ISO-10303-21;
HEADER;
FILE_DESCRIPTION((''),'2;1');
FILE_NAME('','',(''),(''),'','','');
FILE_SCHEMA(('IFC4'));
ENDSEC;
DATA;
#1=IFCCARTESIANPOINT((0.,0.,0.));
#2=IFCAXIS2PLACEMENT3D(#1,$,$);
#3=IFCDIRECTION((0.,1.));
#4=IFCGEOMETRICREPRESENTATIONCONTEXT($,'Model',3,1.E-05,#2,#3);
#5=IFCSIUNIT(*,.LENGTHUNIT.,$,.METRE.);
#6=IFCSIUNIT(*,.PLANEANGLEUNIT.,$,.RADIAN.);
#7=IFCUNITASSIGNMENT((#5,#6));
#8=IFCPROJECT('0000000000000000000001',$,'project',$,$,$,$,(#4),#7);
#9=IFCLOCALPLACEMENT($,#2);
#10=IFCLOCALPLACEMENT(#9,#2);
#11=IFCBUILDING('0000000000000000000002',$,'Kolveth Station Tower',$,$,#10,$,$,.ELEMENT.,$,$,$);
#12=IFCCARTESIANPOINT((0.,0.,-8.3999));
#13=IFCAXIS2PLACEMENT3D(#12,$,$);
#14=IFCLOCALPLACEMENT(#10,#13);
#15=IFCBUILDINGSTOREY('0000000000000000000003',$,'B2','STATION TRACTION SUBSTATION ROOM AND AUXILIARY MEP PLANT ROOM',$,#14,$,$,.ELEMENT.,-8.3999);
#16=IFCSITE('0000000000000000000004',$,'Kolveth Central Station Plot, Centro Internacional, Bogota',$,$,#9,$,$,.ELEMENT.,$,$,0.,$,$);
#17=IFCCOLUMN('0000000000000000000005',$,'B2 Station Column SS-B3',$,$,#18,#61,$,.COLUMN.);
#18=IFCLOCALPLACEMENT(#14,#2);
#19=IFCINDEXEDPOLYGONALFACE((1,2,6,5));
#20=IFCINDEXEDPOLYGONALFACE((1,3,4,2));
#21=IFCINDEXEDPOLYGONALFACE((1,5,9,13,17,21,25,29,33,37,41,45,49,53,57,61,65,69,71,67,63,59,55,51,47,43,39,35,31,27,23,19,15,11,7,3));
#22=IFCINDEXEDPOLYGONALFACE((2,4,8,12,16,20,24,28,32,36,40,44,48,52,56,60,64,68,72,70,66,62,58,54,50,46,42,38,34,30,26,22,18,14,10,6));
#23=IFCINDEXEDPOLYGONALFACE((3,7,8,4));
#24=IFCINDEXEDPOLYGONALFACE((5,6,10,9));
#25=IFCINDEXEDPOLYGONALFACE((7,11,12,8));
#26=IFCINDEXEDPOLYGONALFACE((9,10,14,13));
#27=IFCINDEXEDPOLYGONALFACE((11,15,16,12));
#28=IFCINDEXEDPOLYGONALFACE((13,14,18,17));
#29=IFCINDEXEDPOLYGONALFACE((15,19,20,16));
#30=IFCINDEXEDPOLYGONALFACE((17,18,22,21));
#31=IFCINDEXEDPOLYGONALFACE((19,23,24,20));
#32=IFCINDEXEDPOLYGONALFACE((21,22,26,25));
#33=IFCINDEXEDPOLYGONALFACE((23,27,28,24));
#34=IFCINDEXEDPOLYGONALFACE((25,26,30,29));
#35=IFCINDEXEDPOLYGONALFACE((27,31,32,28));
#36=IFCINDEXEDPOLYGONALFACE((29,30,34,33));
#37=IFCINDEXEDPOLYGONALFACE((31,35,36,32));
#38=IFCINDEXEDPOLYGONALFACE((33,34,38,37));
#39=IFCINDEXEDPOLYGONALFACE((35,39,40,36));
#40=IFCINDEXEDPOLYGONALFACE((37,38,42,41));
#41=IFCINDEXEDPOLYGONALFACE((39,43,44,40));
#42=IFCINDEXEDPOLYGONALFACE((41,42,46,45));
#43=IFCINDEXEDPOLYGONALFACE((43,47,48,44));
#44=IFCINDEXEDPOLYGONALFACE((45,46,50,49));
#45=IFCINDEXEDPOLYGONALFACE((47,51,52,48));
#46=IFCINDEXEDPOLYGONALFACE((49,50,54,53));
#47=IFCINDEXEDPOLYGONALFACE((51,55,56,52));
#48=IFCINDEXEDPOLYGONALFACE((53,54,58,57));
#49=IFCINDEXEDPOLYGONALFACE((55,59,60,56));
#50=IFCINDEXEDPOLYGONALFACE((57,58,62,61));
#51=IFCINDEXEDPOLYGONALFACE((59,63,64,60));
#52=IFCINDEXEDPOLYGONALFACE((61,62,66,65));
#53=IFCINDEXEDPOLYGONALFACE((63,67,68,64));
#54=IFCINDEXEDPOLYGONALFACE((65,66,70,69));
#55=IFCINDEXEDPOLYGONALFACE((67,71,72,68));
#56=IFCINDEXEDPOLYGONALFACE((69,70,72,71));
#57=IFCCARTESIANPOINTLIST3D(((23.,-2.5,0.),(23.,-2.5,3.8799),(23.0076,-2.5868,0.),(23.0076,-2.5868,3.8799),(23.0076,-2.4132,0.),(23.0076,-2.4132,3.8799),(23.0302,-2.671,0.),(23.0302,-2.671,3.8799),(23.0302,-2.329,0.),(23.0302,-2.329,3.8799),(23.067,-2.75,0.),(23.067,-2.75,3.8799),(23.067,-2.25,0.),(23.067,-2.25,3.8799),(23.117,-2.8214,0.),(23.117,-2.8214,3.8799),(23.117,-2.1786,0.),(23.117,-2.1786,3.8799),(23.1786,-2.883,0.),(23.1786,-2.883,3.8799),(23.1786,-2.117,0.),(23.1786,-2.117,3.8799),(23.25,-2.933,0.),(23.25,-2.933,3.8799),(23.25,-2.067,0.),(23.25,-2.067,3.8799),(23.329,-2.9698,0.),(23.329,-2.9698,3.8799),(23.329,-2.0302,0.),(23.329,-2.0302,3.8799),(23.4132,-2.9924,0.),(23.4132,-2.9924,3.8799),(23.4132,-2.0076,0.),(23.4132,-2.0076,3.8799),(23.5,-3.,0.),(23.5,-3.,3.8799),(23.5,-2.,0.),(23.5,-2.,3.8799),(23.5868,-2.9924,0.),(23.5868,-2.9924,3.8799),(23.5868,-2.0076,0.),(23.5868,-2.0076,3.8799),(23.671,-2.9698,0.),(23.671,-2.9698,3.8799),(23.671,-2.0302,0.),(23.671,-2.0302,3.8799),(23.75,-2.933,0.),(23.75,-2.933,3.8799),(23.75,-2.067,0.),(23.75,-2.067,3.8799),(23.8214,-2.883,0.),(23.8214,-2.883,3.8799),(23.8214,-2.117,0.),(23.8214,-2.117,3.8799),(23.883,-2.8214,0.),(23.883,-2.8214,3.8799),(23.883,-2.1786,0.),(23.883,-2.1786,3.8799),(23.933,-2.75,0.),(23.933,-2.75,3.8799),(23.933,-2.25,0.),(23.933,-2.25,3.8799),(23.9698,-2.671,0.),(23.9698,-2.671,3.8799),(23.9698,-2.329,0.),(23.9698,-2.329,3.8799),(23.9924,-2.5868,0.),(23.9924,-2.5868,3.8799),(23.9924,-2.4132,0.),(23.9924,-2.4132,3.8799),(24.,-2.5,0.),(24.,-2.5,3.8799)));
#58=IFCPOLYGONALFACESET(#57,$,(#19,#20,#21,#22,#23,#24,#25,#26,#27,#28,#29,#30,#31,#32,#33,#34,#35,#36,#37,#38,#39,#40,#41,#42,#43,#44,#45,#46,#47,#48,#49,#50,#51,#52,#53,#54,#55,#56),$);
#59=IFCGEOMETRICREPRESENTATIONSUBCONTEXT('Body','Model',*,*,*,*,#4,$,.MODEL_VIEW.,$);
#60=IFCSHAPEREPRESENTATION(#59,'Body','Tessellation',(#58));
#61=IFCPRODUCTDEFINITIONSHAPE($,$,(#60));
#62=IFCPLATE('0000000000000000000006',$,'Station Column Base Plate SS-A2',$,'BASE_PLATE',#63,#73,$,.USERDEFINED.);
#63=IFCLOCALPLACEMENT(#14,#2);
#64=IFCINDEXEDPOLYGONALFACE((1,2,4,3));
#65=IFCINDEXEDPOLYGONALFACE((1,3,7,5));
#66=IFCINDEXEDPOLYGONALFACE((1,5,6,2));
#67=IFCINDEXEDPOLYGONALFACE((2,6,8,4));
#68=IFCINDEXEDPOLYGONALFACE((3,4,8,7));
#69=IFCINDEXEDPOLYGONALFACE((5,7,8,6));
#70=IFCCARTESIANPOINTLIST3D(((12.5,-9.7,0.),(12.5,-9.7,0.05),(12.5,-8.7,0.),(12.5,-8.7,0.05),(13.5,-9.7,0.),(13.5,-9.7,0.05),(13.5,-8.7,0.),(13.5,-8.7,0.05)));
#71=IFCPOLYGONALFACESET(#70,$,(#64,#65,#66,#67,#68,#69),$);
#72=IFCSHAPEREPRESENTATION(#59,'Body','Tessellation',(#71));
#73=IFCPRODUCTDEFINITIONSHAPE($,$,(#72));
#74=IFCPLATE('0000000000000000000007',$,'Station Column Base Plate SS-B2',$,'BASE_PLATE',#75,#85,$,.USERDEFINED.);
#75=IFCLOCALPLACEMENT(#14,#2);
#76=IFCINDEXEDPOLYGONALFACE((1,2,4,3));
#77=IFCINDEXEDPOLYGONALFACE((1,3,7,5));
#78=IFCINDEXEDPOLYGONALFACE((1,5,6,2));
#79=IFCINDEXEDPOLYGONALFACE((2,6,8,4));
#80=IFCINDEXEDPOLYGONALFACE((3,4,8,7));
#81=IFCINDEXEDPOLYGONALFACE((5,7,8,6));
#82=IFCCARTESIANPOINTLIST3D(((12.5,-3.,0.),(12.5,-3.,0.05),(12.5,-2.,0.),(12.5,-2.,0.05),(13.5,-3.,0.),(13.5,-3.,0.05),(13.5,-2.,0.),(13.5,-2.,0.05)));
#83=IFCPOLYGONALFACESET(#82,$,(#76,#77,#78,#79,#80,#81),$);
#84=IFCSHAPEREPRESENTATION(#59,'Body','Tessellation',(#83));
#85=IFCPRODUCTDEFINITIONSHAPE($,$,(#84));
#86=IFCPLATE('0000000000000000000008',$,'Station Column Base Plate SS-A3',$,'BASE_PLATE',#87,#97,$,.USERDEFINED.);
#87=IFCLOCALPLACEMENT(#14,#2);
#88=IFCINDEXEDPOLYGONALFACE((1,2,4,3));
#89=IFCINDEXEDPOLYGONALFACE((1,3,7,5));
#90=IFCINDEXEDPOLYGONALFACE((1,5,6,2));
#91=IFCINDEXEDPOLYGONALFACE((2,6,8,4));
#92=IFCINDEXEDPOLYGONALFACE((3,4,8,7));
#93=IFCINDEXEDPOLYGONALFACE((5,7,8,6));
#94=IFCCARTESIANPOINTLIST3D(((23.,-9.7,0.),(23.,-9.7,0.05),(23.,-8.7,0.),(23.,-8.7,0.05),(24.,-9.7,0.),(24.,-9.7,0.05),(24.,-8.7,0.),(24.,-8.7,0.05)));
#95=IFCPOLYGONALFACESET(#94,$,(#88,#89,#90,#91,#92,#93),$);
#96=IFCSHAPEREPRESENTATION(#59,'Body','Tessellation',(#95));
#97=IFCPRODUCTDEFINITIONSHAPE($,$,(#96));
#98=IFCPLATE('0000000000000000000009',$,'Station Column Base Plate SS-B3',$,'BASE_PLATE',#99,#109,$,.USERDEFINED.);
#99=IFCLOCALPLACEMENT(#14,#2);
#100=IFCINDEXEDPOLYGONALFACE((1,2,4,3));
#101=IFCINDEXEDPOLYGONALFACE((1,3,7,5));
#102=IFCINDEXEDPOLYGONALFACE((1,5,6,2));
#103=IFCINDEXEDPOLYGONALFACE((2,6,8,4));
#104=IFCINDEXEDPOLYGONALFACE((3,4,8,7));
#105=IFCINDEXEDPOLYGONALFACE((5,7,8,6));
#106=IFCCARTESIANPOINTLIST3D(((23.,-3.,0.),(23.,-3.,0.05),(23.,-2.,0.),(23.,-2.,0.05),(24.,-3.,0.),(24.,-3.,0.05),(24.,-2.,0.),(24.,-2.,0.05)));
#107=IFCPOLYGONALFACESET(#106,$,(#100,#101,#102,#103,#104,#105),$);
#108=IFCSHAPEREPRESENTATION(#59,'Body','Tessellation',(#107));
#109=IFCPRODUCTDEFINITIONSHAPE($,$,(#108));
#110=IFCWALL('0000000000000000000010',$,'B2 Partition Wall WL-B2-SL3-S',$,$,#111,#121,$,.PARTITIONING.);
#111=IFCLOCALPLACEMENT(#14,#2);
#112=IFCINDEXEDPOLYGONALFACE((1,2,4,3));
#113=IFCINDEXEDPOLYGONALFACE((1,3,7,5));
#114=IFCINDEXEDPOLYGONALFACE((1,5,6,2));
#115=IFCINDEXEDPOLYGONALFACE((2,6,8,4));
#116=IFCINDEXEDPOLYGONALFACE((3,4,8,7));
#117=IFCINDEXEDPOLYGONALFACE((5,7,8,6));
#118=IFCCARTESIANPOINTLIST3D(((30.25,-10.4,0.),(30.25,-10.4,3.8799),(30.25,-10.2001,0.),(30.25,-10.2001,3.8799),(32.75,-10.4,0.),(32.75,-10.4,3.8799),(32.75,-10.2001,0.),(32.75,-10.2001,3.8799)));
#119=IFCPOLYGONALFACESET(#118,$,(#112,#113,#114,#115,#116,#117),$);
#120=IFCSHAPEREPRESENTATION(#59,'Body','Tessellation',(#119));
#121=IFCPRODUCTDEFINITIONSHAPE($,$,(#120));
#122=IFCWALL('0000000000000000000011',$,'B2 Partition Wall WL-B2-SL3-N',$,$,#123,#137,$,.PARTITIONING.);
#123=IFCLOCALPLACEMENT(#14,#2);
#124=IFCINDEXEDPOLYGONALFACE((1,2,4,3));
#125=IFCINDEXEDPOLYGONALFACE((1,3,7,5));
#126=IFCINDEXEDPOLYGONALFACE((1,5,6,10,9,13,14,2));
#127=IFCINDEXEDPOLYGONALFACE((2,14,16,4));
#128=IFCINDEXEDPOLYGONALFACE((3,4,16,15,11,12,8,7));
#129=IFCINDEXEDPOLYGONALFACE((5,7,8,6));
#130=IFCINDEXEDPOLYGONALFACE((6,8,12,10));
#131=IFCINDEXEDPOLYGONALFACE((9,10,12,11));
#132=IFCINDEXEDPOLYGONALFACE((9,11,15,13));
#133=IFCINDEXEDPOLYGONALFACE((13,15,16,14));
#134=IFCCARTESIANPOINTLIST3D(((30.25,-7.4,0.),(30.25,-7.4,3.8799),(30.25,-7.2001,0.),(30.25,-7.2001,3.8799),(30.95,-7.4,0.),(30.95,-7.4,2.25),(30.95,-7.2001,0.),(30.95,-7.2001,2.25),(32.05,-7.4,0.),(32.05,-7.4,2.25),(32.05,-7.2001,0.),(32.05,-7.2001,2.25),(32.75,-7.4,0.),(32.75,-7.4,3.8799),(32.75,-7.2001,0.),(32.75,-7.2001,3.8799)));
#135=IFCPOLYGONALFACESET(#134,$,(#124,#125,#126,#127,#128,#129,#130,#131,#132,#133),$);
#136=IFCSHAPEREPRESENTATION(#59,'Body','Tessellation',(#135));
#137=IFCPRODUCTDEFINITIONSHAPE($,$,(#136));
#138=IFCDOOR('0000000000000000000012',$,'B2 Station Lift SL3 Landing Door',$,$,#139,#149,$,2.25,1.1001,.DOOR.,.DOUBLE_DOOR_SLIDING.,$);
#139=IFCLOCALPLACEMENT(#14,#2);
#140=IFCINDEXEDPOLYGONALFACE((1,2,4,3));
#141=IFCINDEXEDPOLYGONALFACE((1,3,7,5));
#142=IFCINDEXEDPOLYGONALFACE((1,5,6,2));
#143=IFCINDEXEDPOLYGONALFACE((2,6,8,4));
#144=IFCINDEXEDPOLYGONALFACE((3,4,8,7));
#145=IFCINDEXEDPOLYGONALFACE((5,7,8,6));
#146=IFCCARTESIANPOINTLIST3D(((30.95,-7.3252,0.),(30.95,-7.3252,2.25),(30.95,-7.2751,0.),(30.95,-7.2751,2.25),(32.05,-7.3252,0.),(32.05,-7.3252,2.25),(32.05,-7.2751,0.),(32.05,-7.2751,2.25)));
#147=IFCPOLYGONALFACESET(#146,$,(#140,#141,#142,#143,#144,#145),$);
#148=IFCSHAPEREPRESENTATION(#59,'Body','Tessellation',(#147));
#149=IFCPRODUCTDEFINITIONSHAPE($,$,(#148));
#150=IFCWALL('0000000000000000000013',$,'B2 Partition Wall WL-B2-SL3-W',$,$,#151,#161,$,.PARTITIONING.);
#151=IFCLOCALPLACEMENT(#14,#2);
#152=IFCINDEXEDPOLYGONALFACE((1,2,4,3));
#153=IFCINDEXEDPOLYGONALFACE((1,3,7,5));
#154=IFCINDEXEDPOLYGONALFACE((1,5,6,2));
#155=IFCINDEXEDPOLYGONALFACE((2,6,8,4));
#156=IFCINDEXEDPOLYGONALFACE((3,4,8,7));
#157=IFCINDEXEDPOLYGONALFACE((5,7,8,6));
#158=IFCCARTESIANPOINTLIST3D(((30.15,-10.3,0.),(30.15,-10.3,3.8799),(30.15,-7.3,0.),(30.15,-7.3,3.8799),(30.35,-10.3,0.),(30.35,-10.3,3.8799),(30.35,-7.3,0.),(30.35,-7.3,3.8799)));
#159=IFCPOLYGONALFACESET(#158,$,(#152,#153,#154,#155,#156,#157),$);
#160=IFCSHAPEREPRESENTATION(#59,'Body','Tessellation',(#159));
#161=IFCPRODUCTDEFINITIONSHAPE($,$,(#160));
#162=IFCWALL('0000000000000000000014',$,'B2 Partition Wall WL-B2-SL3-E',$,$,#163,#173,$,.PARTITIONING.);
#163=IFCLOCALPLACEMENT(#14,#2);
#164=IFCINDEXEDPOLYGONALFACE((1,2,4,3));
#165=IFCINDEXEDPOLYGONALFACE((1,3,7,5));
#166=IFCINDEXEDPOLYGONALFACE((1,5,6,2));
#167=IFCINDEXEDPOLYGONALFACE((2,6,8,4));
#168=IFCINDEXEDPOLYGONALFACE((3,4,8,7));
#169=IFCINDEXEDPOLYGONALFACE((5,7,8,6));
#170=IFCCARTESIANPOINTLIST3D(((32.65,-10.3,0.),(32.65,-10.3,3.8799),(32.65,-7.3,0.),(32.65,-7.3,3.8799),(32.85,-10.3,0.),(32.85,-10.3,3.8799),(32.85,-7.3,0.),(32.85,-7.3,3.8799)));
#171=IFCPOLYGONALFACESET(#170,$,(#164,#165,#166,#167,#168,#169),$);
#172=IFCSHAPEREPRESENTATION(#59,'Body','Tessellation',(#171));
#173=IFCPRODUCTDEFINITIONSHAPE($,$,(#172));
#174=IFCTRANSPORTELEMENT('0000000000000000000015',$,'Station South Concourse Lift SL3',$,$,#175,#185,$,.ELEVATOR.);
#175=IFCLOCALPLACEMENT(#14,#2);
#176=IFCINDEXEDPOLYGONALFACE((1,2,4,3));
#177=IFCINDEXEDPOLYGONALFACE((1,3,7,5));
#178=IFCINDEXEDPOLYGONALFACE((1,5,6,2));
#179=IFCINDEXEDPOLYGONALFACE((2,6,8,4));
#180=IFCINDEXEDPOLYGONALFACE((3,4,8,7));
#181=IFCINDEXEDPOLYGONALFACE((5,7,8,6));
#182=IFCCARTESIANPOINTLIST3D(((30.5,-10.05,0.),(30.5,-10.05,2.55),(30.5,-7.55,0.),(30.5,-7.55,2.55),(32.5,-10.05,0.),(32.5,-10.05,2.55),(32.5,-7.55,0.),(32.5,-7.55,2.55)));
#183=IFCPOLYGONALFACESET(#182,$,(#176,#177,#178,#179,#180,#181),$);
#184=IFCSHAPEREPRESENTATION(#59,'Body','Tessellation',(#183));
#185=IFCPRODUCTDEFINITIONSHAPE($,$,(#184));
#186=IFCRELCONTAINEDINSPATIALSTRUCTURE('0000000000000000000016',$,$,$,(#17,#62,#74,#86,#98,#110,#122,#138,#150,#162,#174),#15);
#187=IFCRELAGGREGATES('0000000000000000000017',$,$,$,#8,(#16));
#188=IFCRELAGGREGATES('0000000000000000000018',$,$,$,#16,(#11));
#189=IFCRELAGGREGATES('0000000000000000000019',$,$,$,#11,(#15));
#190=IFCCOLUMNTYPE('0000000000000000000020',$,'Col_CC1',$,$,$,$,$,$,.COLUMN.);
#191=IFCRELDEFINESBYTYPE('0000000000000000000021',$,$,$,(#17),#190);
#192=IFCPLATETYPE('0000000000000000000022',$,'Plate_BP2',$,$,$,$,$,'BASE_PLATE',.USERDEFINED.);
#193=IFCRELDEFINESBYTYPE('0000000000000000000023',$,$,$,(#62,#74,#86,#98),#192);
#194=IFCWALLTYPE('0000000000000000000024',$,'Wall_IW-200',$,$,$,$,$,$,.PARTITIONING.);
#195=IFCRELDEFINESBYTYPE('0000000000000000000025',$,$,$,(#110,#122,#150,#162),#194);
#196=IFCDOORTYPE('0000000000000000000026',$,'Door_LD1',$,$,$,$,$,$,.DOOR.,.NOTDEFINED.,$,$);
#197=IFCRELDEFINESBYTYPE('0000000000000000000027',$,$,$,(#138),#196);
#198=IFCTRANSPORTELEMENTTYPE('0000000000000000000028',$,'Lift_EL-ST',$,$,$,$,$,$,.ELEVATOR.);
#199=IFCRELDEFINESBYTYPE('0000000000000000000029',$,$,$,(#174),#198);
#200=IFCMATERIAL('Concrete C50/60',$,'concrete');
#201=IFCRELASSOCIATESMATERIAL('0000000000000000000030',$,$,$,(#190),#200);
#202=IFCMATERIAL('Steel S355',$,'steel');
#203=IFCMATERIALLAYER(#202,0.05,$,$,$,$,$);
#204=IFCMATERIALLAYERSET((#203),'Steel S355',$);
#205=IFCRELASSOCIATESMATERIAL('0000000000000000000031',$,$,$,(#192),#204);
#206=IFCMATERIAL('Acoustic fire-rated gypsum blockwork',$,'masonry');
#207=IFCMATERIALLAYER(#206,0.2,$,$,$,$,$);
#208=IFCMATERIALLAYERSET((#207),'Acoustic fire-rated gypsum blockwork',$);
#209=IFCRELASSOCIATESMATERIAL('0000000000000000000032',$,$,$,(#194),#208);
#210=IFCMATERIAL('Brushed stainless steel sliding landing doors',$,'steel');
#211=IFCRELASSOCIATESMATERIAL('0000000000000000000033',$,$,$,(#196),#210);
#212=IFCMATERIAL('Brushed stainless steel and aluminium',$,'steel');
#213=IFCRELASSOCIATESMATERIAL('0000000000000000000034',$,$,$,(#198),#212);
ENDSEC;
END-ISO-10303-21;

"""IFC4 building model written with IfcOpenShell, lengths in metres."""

from ifc_helpers import new_model, si_unit, direction, frame, frame_2d, origin, origin_2d, place, context, subcontext, project, spatial, rectangle, circle, extrude, source, transform, mapped, material, layer, layer_set, material_profile, profile_set, type_object, element, fill, save


model = new_model("IFC4")

# Units and contexts
model_context = context("Model", 3, precision=1e-05, world=origin(), true_north=direction((0.0, 1.0)))
body_context = subcontext(model_context, "Body", "Model", "MODEL_VIEW")
ifc_project = project(units=[si_unit("LENGTHUNIT", "METRE"), si_unit("PLANEANGLEUNIT", "RADIAN")], contexts=[model_context])

# Site, building, storey
site_placement = place(None, origin())
site = spatial("IfcSite", under=ifc_project, at=site_placement, Name="Kolveth Central Station Plot, Centro Internacional, Bogota", CompositionType="ELEMENT", RefElevation=0.0)
building_placement = place(site_placement, origin())
building = spatial("IfcBuilding", under=site, at=building_placement, Name="Kolveth Station Tower", CompositionType="ELEMENT")
storey_placement = place(building_placement, frame((0.0, 0.0, -8.3999)))
storey = spatial("IfcBuildingStorey", under=building, at=storey_placement, Name="B2", Description="STATION TRACTION SUBSTATION ROOM AND AUXILIARY MEP PLANT ROOM", CompositionType="ELEMENT", Elevation=-8.3999)

# Column
ifc_material_1 = material(Name="Steel S355", Category="steel")
ifc_material_2 = material(Name="Concrete C50/60", Category="concrete")
ifc_material_profile_1 = material_profile(ifc_material_2, circle(Radius=0.5, at=origin_2d()), Name="RC-D1000")
ifc_profile_set_1 = profile_set([ifc_material_profile_1], Name="Concrete C50/60")
column_type_1 = type_object("IfcColumnType", Name="Col_CC1", PredefinedType="COLUMN", material=ifc_profile_set_1)
shared_shape_1 = source(origin(), body_context, "Body", "SweptSolid", [
    extrude(circle(Radius=0.5, at=origin_2d()), origin(), (0.0, 0.0, 1.0), 3.8799),
])
for number, where, z_axis, x_axis, name in (
    (1, (23.5, -2.5, 0.0), (0.0, 0.0, 1.0), (1.0, 0.0, 0.0), "B2 Station Column SS-B3"),
):
    element("IfcColumn", number, at=place(storey_placement, frame(where, z_axis=z_axis, x_axis=x_axis)), inside=storey, type_object=column_type_1, Name=name, PredefinedType="COLUMN", context=body_context, shape_type="MappedRepresentation", body=[
        mapped(shared_shape_1, transform((0.0, 0.0, 0.0), x_axis=(1.0, 0.0, 0.0), y_axis=(0.0, 1.0, 0.0), z_axis=(0.0, 0.0, 1.0), scale=1.0)),
    ])

# Plates
ifc_layer_1 = layer(ifc_material_1, 0.05)
ifc_layer_set_1 = layer_set([ifc_layer_1], Name="Steel S355")
plate_type = type_object("IfcPlateType", Name="Plate_BP2", ElementType="BASE_PLATE", PredefinedType="USERDEFINED", material=ifc_layer_set_1)
shared_shape_2 = source(origin(), body_context, "Body", "SweptSolid", [
    extrude(rectangle(XDim=1.0, YDim=1.0, at=origin_2d()), origin(), (0.0, 0.0, 1.0), 0.05),
])
for number, where, z_axis, x_axis, name in (
    (2, (13.0, -9.2, 0.0), (0.0, 0.0, 1.0), (1.0, 0.0, 0.0), "Station Column Base Plate SS-A2"),
    (3, (13.0, -2.5, 0.0), (0.0, 0.0, 1.0), (1.0, 0.0, 0.0), "Station Column Base Plate SS-B2"),
    (4, (23.5, -9.2, 0.0), (0.0, 0.0, 1.0), (1.0, 0.0, 0.0), "Station Column Base Plate SS-A3"),
    (5, (23.5, -2.5, 0.0), (0.0, 0.0, 1.0), (1.0, 0.0, 0.0), "Station Column Base Plate SS-B3"),
):
    element("IfcPlate", number, at=place(storey_placement, frame(where, z_axis=z_axis, x_axis=x_axis)), inside=storey, type_object=plate_type, Name=name, ObjectType="BASE_PLATE", PredefinedType="USERDEFINED", context=body_context, shape_type="MappedRepresentation", body=[
        mapped(shared_shape_2, transform((0.0, 0.0, 0.0), x_axis=(1.0, 0.0, 0.0), y_axis=(0.0, 1.0, 0.0), z_axis=(0.0, 0.0, 1.0), scale=1.0)),
    ])

# Wall
ifc_material_3 = material(Name="Acoustic fire-rated gypsum blockwork", Category="masonry")
ifc_layer_2 = layer(ifc_material_3, 0.2)
ifc_layer_set_2 = layer_set([ifc_layer_2], Name="Acoustic fire-rated gypsum blockwork")
wall_type = type_object("IfcWallType", Name="Wall_IW-200", PredefinedType="PARTITIONING", material=ifc_layer_set_2)
wall_1_placement = place(storey_placement, frame((30.25, -10.3, 0.0), z_axis=(0.0, 0.0, 1.0), x_axis=(1.0, 0.0, 0.0)))
element("IfcWall", 6, at=wall_1_placement, inside=storey, type_object=wall_type, Name="B2 Partition Wall WL-B2-SL3-S", PredefinedType="PARTITIONING", context=body_context, shape_type="SweptSolid", body=[
    extrude(rectangle(XDim=2.5, YDim=0.2, at=frame_2d((1.25, 0.0))), origin(), (0.0, 0.0, 1.0), 3.8799),
])

# Wall, opening, door
wall_2_placement = place(storey_placement, frame((30.25, -7.3, 0.0), z_axis=(0.0, 0.0, 1.0), x_axis=(1.0, 0.0, 0.0)))
wall_2 = element("IfcWall", 7, at=wall_2_placement, inside=storey, type_object=wall_type, Name="B2 Partition Wall WL-B2-SL3-N", PredefinedType="PARTITIONING", context=body_context, shape_type="SweptSolid", body=[
    extrude(rectangle(XDim=2.5, YDim=0.2, at=frame_2d((1.25, 0.0))), origin(), (0.0, 0.0, 1.0), 3.8799),
])
opening_placement = place(wall_2_placement, frame((0.7, 0.0, 0.0)))
opening = element("IfcOpeningElement", 8, at=opening_placement, cuts=wall_2, PredefinedType="OPENING", context=body_context, shape_type="SweptSolid", body=[
    extrude(rectangle(XDim=1.1001, YDim=2.25, at=frame_2d((0.55, 1.125))), frame((0.0, 0.1099, 0.0), z_axis=(0.0, -1.0, 0.0), x_axis=(1.0, 0.0, 0.0)), (0.0, 0.0, 1.0), 0.22),
])
ifc_material_4 = material(Name="Brushed stainless steel sliding landing doors", Category="steel")
door_type = type_object("IfcDoorType", Name="Door_LD1", OperationType="NOTDEFINED", PredefinedType="DOOR", material=ifc_material_4)
door_placement = place(opening_placement, origin())
door = element("IfcDoor", 9, at=door_placement, inside=storey, type_object=door_type, Name="B2 Station Lift SL3 Landing Door", OperationType="DOUBLE_DOOR_SLIDING", OverallHeight=2.25, OverallWidth=1.1001, PredefinedType="DOOR", context=body_context, shape_type="SweptSolid", body=[
    extrude(rectangle(XDim=1.1001, YDim=2.25, at=frame_2d((0.55, 1.125))), frame((0.0, 0.0249, 0.0), z_axis=(0.0, -1.0, 0.0), x_axis=(1.0, 0.0, 0.0)), (0.0, 0.0, 1.0), 0.05),
])
fill(opening, door)

# Walls
for number, where, z_axis, x_axis, name in (
    (10, (30.25, -10.3, 0.0), (0.0, 0.0, 1.0), (0.0, 1.0, 0.0), "B2 Partition Wall WL-B2-SL3-W"),
    (11, (32.75, -10.3, 0.0), (0.0, 0.0, 1.0), (0.0, 1.0, 0.0), "B2 Partition Wall WL-B2-SL3-E"),
):
    element("IfcWall", number, at=place(storey_placement, frame(where, z_axis=z_axis, x_axis=x_axis)), inside=storey, type_object=wall_type, Name=name, PredefinedType="PARTITIONING", context=body_context, shape_type="SweptSolid", body=[
        extrude(rectangle(XDim=3.0, YDim=0.2, at=frame_2d((1.5, 0.0))), origin(), (0.0, 0.0, 1.0), 3.8799),
    ])

# Transport element
ifc_material_5 = material(Name="Brushed stainless steel and aluminium", Category="steel")
transport_element_type = type_object("IfcTransportElementType", Name="Lift_EL-ST", PredefinedType="ELEVATOR", material=ifc_material_5)
shared_shape_3 = source(origin(), body_context, "Body", "SweptSolid", [
    extrude(rectangle(XDim=2.0, YDim=2.5, at=origin_2d()), origin(), (0.0, 0.0, 1.0), 2.55),
])
transport_element_placement = place(storey_placement, frame((31.5, -8.8, 0.0), z_axis=(0.0, 0.0, 1.0), x_axis=(1.0, 0.0, 0.0)))
element("IfcTransportElement", 12, at=transport_element_placement, inside=storey, type_object=transport_element_type, Name="Station South Concourse Lift SL3", PredefinedType="ELEVATOR", context=body_context, shape_type="MappedRepresentation", body=[
    mapped(shared_shape_3, transform((0.0, 0.0, 0.0), x_axis=(1.0, 0.0, 0.0), y_axis=(0.0, 1.0, 0.0), z_axis=(0.0, 0.0, 1.0), scale=1.0)),
])

save(model, "model.ifc")
